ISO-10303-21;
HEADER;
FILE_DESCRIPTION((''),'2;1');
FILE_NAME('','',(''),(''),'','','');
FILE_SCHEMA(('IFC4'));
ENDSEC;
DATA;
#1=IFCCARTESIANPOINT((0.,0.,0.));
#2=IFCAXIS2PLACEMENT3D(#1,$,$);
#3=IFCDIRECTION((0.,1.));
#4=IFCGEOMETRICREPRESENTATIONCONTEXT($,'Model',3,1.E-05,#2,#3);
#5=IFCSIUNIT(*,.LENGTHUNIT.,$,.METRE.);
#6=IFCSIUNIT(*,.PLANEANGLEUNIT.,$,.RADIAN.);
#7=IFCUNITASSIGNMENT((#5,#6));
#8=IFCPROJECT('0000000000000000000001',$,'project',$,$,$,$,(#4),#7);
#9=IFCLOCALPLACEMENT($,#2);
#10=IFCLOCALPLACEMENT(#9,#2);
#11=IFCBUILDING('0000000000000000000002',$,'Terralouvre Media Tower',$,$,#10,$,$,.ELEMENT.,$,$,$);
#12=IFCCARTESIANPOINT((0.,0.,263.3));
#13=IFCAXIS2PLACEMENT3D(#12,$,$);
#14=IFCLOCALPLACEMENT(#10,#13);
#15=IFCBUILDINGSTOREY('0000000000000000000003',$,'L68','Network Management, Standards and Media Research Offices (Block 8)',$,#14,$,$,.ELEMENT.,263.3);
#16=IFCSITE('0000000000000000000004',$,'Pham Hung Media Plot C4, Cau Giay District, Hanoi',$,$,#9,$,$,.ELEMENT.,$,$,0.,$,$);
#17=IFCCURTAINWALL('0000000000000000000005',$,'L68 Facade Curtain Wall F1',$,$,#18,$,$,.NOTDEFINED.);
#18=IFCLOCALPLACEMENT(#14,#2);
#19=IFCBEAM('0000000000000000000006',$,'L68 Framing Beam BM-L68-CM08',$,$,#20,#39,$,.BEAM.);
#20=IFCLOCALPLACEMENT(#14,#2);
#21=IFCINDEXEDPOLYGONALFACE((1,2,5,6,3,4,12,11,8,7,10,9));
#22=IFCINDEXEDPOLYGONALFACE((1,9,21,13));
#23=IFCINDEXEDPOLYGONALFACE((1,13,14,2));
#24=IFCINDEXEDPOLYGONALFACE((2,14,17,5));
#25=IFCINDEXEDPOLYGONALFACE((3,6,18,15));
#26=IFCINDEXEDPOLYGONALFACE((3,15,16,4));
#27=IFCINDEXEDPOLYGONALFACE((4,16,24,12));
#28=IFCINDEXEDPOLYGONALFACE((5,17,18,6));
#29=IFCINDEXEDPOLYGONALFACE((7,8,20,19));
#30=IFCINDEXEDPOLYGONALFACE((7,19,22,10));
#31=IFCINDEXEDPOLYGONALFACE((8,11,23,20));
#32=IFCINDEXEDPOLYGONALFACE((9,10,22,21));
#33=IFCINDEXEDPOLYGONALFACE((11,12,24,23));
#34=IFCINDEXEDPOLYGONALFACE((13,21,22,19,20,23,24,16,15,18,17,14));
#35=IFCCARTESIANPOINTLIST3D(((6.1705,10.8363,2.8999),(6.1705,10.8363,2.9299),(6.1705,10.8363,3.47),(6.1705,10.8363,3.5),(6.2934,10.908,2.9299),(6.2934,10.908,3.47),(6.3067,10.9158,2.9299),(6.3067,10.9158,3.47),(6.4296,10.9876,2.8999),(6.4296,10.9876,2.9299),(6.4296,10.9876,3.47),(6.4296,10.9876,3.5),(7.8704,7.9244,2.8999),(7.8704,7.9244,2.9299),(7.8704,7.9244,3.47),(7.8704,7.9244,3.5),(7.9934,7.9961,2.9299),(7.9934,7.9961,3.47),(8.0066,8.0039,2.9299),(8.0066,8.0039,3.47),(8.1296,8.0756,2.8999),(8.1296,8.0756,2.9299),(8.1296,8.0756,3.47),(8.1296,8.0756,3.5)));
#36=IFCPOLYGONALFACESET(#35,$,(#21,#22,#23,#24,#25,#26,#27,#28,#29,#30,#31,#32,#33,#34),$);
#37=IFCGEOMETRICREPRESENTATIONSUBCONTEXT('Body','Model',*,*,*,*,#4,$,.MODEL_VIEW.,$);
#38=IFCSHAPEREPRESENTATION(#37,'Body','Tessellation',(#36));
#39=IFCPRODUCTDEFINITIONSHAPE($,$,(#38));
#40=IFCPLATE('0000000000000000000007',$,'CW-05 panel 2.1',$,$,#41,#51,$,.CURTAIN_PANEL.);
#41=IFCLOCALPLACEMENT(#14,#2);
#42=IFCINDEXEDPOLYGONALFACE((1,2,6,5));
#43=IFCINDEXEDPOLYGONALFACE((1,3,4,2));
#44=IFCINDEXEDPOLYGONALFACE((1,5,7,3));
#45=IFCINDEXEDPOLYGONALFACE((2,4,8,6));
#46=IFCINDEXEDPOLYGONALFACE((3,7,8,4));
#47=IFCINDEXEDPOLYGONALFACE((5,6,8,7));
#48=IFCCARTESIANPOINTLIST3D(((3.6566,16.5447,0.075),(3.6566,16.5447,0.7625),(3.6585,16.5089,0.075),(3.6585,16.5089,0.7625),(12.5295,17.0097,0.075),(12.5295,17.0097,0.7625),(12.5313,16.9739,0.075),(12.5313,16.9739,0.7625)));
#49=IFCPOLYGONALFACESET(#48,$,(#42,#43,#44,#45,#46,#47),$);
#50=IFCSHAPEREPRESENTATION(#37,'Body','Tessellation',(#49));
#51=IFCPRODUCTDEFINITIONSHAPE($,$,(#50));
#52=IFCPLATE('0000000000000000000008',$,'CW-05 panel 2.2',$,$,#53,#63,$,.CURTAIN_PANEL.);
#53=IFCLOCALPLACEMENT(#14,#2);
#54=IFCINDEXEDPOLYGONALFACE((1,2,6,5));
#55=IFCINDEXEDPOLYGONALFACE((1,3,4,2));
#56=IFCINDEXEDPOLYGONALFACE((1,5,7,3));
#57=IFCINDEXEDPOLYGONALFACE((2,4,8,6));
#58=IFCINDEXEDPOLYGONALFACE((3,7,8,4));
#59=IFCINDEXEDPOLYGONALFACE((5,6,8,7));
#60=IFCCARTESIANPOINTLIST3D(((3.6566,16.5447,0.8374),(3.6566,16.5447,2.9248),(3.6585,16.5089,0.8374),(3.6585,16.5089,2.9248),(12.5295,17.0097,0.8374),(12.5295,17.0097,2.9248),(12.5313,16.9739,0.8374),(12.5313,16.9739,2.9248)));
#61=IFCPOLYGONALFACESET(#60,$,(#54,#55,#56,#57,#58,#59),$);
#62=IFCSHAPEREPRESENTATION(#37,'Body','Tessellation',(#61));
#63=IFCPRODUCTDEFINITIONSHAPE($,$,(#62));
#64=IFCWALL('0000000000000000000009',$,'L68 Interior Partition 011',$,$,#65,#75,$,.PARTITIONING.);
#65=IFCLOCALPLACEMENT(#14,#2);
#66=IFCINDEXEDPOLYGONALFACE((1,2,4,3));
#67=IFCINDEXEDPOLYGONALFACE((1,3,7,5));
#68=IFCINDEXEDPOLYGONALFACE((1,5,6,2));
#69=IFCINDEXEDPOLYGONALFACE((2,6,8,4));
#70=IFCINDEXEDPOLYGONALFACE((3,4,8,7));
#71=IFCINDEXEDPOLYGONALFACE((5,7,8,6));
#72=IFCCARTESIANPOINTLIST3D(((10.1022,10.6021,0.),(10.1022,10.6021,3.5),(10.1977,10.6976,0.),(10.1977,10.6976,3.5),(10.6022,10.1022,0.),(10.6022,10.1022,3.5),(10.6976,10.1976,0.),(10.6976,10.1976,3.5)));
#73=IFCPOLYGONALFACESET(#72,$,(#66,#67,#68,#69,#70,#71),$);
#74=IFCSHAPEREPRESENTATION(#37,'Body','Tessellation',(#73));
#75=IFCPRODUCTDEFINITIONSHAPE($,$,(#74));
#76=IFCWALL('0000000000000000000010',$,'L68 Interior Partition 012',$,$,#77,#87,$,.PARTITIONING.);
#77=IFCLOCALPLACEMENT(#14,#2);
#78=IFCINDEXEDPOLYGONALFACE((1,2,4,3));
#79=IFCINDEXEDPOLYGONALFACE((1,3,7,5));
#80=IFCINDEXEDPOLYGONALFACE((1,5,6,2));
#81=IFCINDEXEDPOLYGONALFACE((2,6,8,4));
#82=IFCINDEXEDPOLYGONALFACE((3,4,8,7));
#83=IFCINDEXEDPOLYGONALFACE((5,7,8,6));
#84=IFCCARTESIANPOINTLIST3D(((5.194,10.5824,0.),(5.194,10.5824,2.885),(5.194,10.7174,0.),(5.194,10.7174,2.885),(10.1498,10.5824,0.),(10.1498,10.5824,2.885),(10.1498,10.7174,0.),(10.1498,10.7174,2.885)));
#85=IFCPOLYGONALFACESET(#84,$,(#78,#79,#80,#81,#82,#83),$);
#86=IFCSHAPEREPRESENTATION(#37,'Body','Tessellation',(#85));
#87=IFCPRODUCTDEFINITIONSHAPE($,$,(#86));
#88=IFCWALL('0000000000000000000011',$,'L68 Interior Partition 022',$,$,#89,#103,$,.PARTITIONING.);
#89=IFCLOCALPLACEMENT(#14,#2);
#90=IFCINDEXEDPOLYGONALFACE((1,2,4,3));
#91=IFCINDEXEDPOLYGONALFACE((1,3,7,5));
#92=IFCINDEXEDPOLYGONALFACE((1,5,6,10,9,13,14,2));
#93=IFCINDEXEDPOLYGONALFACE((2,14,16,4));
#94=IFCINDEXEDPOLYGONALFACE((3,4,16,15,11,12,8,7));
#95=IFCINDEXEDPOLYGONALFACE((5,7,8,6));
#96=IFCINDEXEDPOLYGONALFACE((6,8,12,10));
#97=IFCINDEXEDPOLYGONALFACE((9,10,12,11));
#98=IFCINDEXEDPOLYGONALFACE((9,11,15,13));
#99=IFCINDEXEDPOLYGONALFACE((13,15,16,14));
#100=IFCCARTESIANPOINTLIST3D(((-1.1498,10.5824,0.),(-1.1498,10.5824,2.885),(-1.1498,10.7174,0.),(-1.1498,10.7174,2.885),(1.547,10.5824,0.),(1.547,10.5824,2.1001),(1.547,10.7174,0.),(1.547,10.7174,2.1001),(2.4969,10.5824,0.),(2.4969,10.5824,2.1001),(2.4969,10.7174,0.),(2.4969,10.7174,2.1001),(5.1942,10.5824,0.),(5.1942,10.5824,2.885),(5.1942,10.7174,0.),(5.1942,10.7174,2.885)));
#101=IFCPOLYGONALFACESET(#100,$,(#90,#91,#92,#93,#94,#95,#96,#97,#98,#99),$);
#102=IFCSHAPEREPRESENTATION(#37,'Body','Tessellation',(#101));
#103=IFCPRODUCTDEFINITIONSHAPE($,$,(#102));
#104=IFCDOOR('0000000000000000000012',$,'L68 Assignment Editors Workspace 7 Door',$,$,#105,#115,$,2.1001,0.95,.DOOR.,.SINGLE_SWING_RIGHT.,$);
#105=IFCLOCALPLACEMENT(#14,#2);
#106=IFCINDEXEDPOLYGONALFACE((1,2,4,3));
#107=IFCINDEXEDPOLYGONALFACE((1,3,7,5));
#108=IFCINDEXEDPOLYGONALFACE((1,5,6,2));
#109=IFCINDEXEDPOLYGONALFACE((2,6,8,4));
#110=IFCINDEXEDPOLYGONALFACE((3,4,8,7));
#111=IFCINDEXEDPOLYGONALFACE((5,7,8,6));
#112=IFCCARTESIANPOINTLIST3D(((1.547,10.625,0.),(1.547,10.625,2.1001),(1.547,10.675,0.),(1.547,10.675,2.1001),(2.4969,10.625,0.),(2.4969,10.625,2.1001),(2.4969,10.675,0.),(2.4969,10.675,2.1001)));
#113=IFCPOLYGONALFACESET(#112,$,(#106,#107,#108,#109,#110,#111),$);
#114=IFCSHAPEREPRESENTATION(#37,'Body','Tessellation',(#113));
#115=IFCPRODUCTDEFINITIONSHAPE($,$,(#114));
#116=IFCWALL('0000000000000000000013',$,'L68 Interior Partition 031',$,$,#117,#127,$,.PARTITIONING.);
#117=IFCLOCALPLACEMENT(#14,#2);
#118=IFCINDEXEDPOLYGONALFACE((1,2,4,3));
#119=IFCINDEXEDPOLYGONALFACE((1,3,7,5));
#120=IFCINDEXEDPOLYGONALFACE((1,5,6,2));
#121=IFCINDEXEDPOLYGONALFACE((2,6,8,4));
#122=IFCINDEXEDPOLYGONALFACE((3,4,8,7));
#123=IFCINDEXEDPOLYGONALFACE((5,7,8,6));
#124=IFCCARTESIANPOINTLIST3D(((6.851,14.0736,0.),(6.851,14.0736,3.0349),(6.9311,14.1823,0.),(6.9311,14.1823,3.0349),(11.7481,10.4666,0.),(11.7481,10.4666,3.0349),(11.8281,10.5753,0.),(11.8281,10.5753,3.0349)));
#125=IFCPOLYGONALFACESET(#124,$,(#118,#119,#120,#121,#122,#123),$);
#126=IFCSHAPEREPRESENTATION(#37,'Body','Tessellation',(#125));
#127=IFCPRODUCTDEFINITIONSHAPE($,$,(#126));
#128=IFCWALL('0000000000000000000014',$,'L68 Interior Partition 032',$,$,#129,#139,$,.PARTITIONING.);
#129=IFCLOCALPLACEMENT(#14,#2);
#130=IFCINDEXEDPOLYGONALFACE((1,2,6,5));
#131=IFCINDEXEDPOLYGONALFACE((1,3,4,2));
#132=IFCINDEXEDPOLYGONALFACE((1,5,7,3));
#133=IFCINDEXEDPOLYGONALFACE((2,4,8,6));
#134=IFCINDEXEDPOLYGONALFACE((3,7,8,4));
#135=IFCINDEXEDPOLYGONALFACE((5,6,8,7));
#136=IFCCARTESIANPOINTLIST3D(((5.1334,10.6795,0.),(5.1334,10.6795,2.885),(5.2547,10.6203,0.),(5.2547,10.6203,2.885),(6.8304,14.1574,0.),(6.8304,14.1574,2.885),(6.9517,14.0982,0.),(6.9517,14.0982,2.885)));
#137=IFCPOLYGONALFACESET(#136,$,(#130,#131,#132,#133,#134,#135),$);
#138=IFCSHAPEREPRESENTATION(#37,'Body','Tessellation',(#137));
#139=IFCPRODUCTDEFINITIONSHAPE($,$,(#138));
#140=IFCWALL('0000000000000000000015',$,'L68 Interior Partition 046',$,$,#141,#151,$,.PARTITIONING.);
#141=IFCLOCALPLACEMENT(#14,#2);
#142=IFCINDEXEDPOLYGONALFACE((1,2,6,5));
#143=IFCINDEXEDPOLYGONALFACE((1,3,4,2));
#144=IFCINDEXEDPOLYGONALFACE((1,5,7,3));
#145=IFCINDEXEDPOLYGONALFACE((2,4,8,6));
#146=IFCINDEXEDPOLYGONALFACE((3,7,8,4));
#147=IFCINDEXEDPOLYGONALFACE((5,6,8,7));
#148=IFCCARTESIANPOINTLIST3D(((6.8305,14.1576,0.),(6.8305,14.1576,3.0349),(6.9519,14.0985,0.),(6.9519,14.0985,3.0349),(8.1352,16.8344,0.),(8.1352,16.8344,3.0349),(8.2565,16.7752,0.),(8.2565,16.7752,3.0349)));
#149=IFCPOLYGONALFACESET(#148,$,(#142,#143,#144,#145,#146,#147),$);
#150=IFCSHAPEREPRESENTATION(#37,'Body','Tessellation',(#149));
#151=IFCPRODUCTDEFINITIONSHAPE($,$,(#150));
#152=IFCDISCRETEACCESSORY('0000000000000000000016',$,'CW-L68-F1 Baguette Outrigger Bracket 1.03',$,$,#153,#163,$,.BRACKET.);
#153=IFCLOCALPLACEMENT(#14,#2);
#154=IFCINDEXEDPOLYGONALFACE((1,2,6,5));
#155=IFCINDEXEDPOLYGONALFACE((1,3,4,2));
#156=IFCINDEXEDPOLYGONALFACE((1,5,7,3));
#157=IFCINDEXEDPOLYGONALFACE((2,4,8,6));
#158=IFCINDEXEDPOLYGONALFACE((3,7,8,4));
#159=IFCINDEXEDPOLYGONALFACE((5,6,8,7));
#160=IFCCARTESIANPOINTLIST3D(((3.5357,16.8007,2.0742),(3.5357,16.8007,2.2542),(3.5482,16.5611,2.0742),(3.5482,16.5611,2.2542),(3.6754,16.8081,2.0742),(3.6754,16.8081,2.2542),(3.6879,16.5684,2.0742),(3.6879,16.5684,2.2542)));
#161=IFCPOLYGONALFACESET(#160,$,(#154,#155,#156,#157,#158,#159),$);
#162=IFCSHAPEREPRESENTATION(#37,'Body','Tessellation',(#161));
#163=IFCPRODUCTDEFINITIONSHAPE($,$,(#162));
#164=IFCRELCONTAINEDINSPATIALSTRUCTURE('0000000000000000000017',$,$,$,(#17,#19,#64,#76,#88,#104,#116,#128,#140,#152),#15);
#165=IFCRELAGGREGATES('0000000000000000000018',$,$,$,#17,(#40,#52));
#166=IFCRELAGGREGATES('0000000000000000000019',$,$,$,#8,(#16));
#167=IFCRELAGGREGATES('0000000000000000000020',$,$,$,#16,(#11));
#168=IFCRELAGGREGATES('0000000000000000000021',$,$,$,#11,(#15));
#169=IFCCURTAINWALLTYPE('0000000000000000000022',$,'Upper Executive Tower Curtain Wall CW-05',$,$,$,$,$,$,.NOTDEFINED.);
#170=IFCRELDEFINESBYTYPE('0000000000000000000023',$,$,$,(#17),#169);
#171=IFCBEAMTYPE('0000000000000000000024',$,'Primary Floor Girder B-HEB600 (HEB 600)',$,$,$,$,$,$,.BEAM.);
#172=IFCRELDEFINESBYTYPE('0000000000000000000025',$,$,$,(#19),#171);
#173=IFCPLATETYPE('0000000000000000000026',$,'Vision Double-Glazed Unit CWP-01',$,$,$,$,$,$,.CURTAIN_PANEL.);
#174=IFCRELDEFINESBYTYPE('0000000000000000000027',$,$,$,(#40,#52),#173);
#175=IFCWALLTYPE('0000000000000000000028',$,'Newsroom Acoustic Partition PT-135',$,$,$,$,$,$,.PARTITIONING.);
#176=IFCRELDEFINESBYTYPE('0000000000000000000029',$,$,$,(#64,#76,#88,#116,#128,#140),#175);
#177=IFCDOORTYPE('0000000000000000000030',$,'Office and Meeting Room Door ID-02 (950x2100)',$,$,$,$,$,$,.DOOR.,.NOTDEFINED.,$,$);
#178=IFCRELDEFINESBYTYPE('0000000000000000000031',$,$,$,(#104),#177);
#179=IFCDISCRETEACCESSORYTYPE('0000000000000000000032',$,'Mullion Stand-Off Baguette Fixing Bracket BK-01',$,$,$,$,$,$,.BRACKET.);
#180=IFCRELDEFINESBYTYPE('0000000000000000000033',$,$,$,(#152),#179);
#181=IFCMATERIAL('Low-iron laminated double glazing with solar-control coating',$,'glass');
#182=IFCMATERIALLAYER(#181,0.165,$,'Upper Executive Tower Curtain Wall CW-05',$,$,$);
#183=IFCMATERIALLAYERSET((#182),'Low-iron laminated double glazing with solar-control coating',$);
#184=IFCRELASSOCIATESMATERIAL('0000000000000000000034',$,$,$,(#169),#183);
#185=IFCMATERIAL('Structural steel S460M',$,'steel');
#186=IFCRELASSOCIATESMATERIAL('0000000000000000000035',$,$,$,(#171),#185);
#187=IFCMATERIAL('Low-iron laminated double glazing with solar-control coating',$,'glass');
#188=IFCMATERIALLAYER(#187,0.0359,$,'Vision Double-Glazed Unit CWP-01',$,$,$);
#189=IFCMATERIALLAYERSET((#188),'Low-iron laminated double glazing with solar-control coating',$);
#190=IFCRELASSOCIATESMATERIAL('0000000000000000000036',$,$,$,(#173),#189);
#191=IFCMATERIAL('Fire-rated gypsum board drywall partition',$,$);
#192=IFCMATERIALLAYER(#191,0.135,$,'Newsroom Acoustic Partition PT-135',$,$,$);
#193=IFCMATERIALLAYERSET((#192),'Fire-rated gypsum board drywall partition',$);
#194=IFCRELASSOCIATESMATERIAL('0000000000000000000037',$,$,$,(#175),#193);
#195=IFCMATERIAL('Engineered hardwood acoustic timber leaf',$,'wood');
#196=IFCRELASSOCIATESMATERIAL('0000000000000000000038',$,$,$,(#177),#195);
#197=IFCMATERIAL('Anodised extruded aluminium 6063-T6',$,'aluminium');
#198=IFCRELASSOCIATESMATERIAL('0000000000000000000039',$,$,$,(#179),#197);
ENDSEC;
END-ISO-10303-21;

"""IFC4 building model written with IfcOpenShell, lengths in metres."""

from ifc_helpers import new_model, si_unit, direction, frame, frame_2d, origin, origin_2d, place, context, subcontext, project, spatial, rectangle, i_section, extrude, material, layer, layer_set, material_profile, profile_set, type_object, element, fill, aggregate, save


model = new_model("IFC4")

# Units and contexts
model_context = context("Model", 3, precision=1e-05, world=origin(), true_north=direction((0.0, 1.0)))
body_context = subcontext(model_context, "Body", "Model", "MODEL_VIEW")
ifc_project = project(units=[si_unit("LENGTHUNIT", "METRE"), si_unit("PLANEANGLEUNIT", "RADIAN")], contexts=[model_context])

# Site, building, storey
site_placement = place(None, origin())
site = spatial("IfcSite", under=ifc_project, at=site_placement, Name="Pham Hung Media Plot C4, Cau Giay District, Hanoi", CompositionType="ELEMENT", RefElevation=0.0)
building_placement = place(site_placement, origin())
building = spatial("IfcBuilding", under=site, at=building_placement, Name="Terralouvre Media Tower", CompositionType="ELEMENT")
storey_placement = place(building_placement, frame((0.0, 0.0, 263.3)))
storey = spatial("IfcBuildingStorey", under=building, at=storey_placement, Name="L68", Description="Network Management, Standards and Media Research Offices (Block 8)", CompositionType="ELEMENT", Elevation=263.3)

# Curtain wall
ifc_material_1 = material(Name="Low-iron laminated double glazing with solar-control coating", Category="glass")
ifc_layer_1 = layer(ifc_material_1, 0.165, Name="Upper Executive Tower Curtain Wall CW-05")
ifc_layer_set_1 = layer_set([ifc_layer_1], Name="Low-iron laminated double glazing with solar-control coating")
curtain_wall_type = type_object("IfcCurtainWallType", Name="Upper Executive Tower Curtain Wall CW-05", PredefinedType="NOTDEFINED", material=ifc_layer_set_1)
curtain_wall_placement = place(storey_placement, origin())
curtain_wall = element("IfcCurtainWall", 1, at=curtain_wall_placement, inside=storey, type_object=curtain_wall_type, Name="L68 Facade Curtain Wall F1", PredefinedType="NOTDEFINED")

# Beam
ifc_material_2 = material(Name="Structural steel S460M", Category="steel")
ifc_material_profile_1 = material_profile(ifc_material_2, i_section(OverallWidth=0.3, OverallDepth=0.6001, WebThickness=0.0154, FlangeThickness=0.03, at=origin_2d()), Name="HEB 600")
ifc_profile_set_1 = profile_set([ifc_material_profile_1], Name="Structural steel S460M")
beam_type_1 = type_object("IfcBeamType", Name="Primary Floor Girder B-HEB600 (HEB 600)", PredefinedType="BEAM", material=ifc_profile_set_1)
beam_1_placement = place(storey_placement, frame((8.0, 8.0, 3.2), z_axis=(-0.504173, 0.863603, 0.0), x_axis=(-0.863603, -0.504173, 0.0)))
element("IfcBeam", 2, at=beam_1_placement, inside=storey, type_object=beam_type_1, Name="L68 Framing Beam BM-L68-CM08", PredefinedType="BEAM", context=body_context, shape_type="SweptSolid", body=[
    extrude(i_section(OverallWidth=0.3, OverallDepth=0.6001, WebThickness=0.0154, FlangeThickness=0.03, at=origin_2d()), origin(), (0.0, 0.0, 1.0), 3.3718),
])

# Plates
ifc_material_3 = material(Name="Low-iron laminated double glazing with solar-control coating", Category="glass")
ifc_layer_2 = layer(ifc_material_3, 0.0359, Name="Vision Double-Glazed Unit CWP-01")
ifc_layer_set_2 = layer_set([ifc_layer_2], Name="Low-iron laminated double glazing with solar-control coating")
plate_type = type_object("IfcPlateType", Name="Vision Double-Glazed Unit CWP-01", PredefinedType="CURTAIN_PANEL", material=ifc_layer_set_2)
plate_1_placement = place(storey_placement, frame((8.094, 16.7593, 0.075), z_axis=(0.0, 0.0, 1.0), x_axis=(-0.99863, -0.052336, 0.0)))
plate_1 = element("IfcPlate", 3, at=plate_1_placement, type_object=plate_type, Name="CW-05 panel 2.1", PredefinedType="CURTAIN_PANEL", context=body_context, shape_type="SweptSolid", body=[
    extrude(rectangle(XDim=8.885, YDim=0.0359, at=origin_2d()), origin(), (0.0, 0.0, 1.0), 0.6875),
])
plate_2_placement = place(storey_placement, frame((8.094, 16.7593, 0.8374), z_axis=(0.0, 0.0, 1.0), x_axis=(-0.99863, -0.052336, 0.0)))
plate_2 = element("IfcPlate", 4, at=plate_2_placement, type_object=plate_type, Name="CW-05 panel 2.2", PredefinedType="CURTAIN_PANEL", context=body_context, shape_type="SweptSolid", body=[
    extrude(rectangle(XDim=8.885, YDim=0.0359, at=origin_2d()), origin(), (0.0, 0.0, 1.0), 2.0874),
])
aggregate(curtain_wall, [plate_1, plate_2])

# Walls
ifc_material_4 = material(Name="Fire-rated gypsum board drywall partition")
ifc_layer_3 = layer(ifc_material_4, 0.135, Name="Newsroom Acoustic Partition PT-135")
ifc_layer_set_3 = layer_set([ifc_layer_3], Name="Fire-rated gypsum board drywall partition")
wall_type = type_object("IfcWallType", Name="Newsroom Acoustic Partition PT-135", PredefinedType="PARTITIONING", material=ifc_layer_set_3)
wall_1_placement = place(storey_placement, frame((10.6499, 10.1499, 0.0), z_axis=(0.0, 0.0, 1.0), x_axis=(-0.707107, 0.707107, 0.0)))
element("IfcWall", 5, at=wall_1_placement, inside=storey, type_object=wall_type, Name="L68 Interior Partition 011", PredefinedType="PARTITIONING", context=body_context, shape_type="SweptSolid", body=[
    extrude(rectangle(XDim=0.707, YDim=0.135, at=frame_2d((0.3535, 0.0))), origin(), (0.0, 0.0, 1.0), 3.5),
])
wall_2_placement = place(storey_placement, frame((10.1499, 10.6499, 0.0), z_axis=(0.0, 0.0, 1.0), x_axis=(-1.0, 0.0, 0.0)))
element("IfcWall", 6, at=wall_2_placement, inside=storey, type_object=wall_type, Name="L68 Interior Partition 012", PredefinedType="PARTITIONING", context=body_context, shape_type="SweptSolid", body=[
    extrude(rectangle(XDim=4.9558, YDim=0.135, at=frame_2d((2.478, 0.0))), origin(), (0.0, 0.0, 1.0), 2.885),
])

# Wall, opening, door
wall_3_placement = place(storey_placement, frame((5.1941, 10.6499, 0.0), z_axis=(0.0, 0.0, 1.0), x_axis=(-1.0, 0.0, 0.0)))
wall_3 = element("IfcWall", 7, at=wall_3_placement, inside=storey, type_object=wall_type, Name="L68 Interior Partition 022", PredefinedType="PARTITIONING", context=body_context, shape_type="SweptSolid", body=[
    extrude(rectangle(XDim=6.344, YDim=0.135, at=frame_2d((3.1719, 0.0))), origin(), (0.0, 0.0, 1.0), 2.885),
])
opening_placement = place(wall_3_placement, frame((2.697, 0.0, 0.0)))
opening = element("IfcOpeningElement", 8, at=opening_placement, cuts=wall_3, PredefinedType="OPENING", context=body_context, shape_type="SweptSolid", body=[
    extrude(rectangle(XDim=0.95, YDim=2.1001, at=frame_2d((0.4751, 1.05))), frame((0.0, 0.0774, 0.0), z_axis=(0.0, -1.0, 0.0), x_axis=(1.0, 0.0, 0.0)), (0.0, 0.0, 1.0), 0.155),
])
ifc_material_5 = material(Name="Engineered hardwood acoustic timber leaf", Category="wood")
door_type = type_object("IfcDoorType", Name="Office and Meeting Room Door ID-02 (950x2100)", OperationType="NOTDEFINED", PredefinedType="DOOR", material=ifc_material_5)
door_placement = place(opening_placement, origin())
door = element("IfcDoor", 9, at=door_placement, inside=storey, type_object=door_type, Name="L68 Assignment Editors Workspace 7 Door", OperationType="SINGLE_SWING_RIGHT", OverallHeight=2.1001, OverallWidth=0.95, PredefinedType="DOOR", context=body_context, shape_type="SweptSolid", body=[
    extrude(rectangle(XDim=0.95, YDim=2.1001, at=frame_2d((0.4751, 1.05))), frame((0.0, 0.0249, 0.0), z_axis=(0.0, -1.0, 0.0), x_axis=(1.0, 0.0, 0.0)), (0.0, 0.0, 1.0), 0.05),
])
fill(opening, door)

# Walls
wall_4_placement = place(storey_placement, frame((11.7881, 10.521, 0.0), z_axis=(0.0, 0.0, 1.0), x_axis=(-0.805163, 0.593054, 0.0)))
element("IfcWall", 10, at=wall_4_placement, inside=storey, type_object=wall_type, Name="L68 Interior Partition 031", PredefinedType="PARTITIONING", context=body_context, shape_type="SweptSolid", body=[
    extrude(rectangle(XDim=6.082, YDim=0.135, at=frame_2d((3.041, 0.0))), origin(), (0.0, 0.0, 1.0), 3.0349),
])
wall_5_placement = place(storey_placement, frame((6.8911, 14.1279, 0.0), z_axis=(0.0, 0.0, 1.0), x_axis=(-0.438512, -0.898725, 0.0)))
element("IfcWall", 11, at=wall_5_placement, inside=storey, type_object=wall_type, Name="L68 Interior Partition 032", PredefinedType="PARTITIONING", context=body_context, shape_type="SweptSolid", body=[
    extrude(rectangle(XDim=3.8699, YDim=0.135, at=frame_2d((1.9351, 0.0))), origin(), (0.0, 0.0, 1.0), 2.885),
])
wall_6_placement = place(storey_placement, frame((8.1958, 16.8047, 0.0), z_axis=(0.0, 0.0, 1.0), x_axis=(-0.438139, -0.898907, 0.0)))
element("IfcWall", 12, at=wall_6_placement, inside=storey, type_object=wall_type, Name="L68 Interior Partition 046", PredefinedType="PARTITIONING", context=body_context, shape_type="SweptSolid", body=[
    extrude(rectangle(XDim=2.9778, YDim=0.135, at=frame_2d((1.4888, 0.0))), origin(), (0.0, 0.0, 1.0), 3.0349),
])

# Discrete accessory
ifc_material_6 = material(Name="Anodised extruded aluminium 6063-T6", Category="aluminium")
discrete_accessory_type = type_object("IfcDiscreteAccessoryType", Name="Mullion Stand-Off Baguette Fixing Bracket BK-01", PredefinedType="BRACKET", material=ifc_material_6)
discrete_accessory_placement = place(storey_placement, frame((3.6118, 16.6846, 2.0742), z_axis=(0.0, 0.0, 1.0), x_axis=(-0.99863, -0.052336, 0.0)))
element("IfcDiscreteAccessory", 13, at=discrete_accessory_placement, inside=storey, type_object=discrete_accessory_type, Name="CW-L68-F1 Baguette Outrigger Bracket 1.03", PredefinedType="BRACKET", context=body_context, shape_type="SweptSolid", body=[
    extrude(rectangle(XDim=0.1399, YDim=0.24, at=origin_2d()), origin(), (0.0, 0.0, 1.0), 0.1799),
])

save(model, "model.ifc")
